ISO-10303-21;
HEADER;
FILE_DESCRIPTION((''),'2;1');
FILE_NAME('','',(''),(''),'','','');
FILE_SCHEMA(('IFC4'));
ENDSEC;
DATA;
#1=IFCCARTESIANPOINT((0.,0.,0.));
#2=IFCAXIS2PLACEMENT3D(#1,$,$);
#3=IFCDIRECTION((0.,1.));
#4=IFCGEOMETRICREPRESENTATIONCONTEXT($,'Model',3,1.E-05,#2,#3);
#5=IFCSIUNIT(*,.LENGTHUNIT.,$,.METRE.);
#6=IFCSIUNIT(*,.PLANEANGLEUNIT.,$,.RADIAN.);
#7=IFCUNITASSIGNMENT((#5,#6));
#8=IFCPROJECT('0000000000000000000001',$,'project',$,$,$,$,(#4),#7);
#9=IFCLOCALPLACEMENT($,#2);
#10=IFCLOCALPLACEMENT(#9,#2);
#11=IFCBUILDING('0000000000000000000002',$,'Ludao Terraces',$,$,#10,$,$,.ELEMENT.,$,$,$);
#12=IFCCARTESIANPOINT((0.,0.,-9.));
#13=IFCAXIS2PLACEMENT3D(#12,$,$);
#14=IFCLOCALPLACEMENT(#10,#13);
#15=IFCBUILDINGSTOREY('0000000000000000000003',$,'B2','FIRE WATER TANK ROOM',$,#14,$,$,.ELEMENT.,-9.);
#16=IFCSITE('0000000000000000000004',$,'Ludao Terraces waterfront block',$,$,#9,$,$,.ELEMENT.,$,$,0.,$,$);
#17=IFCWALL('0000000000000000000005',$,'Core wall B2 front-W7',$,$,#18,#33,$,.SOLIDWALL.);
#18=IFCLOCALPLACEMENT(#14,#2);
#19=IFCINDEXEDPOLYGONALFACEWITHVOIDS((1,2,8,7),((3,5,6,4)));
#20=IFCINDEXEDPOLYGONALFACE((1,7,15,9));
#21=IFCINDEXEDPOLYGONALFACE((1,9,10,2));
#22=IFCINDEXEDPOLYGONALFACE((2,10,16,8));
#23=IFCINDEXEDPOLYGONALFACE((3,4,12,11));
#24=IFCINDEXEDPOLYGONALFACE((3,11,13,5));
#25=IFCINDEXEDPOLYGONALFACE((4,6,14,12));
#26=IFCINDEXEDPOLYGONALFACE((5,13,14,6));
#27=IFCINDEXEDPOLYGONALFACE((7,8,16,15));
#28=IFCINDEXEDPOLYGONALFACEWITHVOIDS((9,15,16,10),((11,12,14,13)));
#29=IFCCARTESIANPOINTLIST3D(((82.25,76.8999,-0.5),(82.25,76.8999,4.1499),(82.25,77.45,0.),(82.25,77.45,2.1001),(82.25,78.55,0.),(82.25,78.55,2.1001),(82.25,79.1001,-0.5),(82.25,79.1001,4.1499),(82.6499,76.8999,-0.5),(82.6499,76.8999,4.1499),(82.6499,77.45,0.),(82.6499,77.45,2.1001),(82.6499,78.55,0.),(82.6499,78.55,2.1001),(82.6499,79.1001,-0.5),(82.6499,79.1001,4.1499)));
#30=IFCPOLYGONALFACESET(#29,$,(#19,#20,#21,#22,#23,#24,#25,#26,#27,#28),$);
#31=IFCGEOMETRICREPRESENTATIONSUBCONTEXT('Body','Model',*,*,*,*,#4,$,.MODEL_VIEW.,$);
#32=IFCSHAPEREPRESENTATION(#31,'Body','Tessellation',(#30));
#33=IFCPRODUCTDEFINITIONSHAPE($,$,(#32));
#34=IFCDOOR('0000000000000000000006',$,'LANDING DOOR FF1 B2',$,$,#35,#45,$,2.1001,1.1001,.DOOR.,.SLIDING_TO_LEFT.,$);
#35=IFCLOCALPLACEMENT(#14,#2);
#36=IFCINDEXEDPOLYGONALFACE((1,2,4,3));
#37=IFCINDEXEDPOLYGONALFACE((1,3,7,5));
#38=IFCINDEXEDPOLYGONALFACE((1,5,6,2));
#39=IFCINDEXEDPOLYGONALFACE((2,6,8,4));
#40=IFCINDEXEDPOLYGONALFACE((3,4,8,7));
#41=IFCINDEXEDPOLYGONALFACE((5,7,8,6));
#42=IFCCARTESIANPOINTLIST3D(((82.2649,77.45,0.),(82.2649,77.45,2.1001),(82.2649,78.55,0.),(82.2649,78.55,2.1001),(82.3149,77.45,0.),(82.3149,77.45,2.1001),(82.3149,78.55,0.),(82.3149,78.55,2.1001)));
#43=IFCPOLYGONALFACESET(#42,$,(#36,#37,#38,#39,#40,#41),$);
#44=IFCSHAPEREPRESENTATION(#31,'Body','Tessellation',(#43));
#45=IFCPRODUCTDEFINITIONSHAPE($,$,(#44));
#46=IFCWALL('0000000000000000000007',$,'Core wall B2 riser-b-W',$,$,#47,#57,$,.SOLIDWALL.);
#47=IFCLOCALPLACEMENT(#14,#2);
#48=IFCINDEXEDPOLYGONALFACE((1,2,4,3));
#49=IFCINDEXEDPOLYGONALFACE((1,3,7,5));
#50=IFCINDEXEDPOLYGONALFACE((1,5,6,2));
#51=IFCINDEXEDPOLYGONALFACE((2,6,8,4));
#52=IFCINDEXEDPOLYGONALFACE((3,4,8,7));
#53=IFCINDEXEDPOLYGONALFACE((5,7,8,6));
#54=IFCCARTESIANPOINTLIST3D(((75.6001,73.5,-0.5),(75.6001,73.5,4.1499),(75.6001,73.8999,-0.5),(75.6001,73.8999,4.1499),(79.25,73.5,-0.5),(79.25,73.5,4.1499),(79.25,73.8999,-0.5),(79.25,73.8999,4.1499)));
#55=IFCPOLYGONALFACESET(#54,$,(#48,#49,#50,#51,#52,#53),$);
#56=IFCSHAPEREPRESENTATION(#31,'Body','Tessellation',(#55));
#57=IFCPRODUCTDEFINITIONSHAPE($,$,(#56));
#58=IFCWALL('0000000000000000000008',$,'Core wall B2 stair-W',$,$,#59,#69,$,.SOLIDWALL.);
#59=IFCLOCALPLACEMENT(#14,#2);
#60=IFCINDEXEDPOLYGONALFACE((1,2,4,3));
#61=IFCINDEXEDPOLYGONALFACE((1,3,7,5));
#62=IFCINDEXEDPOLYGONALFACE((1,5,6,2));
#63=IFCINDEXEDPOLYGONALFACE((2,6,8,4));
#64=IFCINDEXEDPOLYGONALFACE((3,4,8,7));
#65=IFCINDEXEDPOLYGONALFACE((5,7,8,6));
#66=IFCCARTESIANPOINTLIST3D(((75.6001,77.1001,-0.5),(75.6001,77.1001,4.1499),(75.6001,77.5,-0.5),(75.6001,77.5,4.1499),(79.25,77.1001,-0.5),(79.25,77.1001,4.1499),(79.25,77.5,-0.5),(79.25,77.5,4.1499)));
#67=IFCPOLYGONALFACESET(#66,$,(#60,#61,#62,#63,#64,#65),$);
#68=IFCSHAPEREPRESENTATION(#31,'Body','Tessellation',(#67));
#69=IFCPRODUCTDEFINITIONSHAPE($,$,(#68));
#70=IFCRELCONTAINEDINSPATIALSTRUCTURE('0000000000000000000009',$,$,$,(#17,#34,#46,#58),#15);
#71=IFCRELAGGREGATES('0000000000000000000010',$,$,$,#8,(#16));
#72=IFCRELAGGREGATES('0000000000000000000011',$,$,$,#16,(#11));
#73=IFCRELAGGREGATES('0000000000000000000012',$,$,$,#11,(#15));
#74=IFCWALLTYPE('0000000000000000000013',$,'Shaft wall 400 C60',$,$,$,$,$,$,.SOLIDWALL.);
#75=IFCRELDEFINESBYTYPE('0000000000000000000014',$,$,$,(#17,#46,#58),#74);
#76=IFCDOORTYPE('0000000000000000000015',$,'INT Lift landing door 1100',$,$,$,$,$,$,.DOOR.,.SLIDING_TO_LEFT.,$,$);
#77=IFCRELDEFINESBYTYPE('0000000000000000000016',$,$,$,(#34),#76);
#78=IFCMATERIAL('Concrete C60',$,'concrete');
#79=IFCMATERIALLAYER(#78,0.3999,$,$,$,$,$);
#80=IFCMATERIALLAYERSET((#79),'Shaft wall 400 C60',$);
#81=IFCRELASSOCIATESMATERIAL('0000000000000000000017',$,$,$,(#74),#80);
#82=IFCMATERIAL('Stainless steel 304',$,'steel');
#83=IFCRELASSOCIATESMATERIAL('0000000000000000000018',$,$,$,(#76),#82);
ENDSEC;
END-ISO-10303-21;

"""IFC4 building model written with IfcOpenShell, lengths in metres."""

from ifc_helpers import new_model, si_unit, direction, frame, frame_2d, origin, place, context, subcontext, project, spatial, rectangle, extrude, material, layer, layer_set, type_object, element, fill, save


model = new_model("IFC4")

# Units and contexts
model_context = context("Model", 3, precision=1e-05, world=origin(), true_north=direction((0.0, 1.0)))
body_context = subcontext(model_context, "Body", "Model", "MODEL_VIEW")
ifc_project = project(units=[si_unit("LENGTHUNIT", "METRE"), si_unit("PLANEANGLEUNIT", "RADIAN")], contexts=[model_context])

# Site, building, storey
site_placement = place(None, origin())
site = spatial("IfcSite", under=ifc_project, at=site_placement, Name="Ludao Terraces waterfront block", CompositionType="ELEMENT", RefElevation=0.0)
building_placement = place(site_placement, origin())
building = spatial("IfcBuilding", under=site, at=building_placement, Name="Ludao Terraces", CompositionType="ELEMENT")
storey_placement = place(building_placement, frame((0.0, 0.0, -9.0)))
storey = spatial("IfcBuildingStorey", under=building, at=storey_placement, Name="B2", Description="FIRE WATER TANK ROOM", CompositionType="ELEMENT", Elevation=-9.0)

# Shared definitions
ifc_material_1 = material(Name="Concrete C60", Category="concrete")
ifc_layer_1 = layer(ifc_material_1, 0.3999)
ifc_layer_set_1 = layer_set([ifc_layer_1], Name="Shaft wall 400 C60")
wall_type_1 = type_object("IfcWallType", Name="Shaft wall 400 C60", PredefinedType="SOLIDWALL", material=ifc_layer_set_1)

# Wall, opening, door
wall_1_placement = place(storey_placement, frame((82.45, 76.8999, -0.5), z_axis=(0.0, 0.0, 1.0), x_axis=(0.0, 1.0, 0.0)))
wall_1 = element("IfcWall", 1, at=wall_1_placement, inside=storey, type_object=wall_type_1, Name="Core wall B2 front-W7", PredefinedType="SOLIDWALL", context=body_context, shape_type="SweptSolid", body=[
    extrude(rectangle(XDim=2.2002, YDim=0.3999, at=frame_2d((1.1001, 0.0))), origin(), (0.0, 0.0, 1.0), 4.6499),
])
opening_1_placement = place(wall_1_placement, frame((0.55, 0.0, 0.5)))
opening_1 = element("IfcOpeningElement", 2, at=opening_1_placement, cuts=wall_1, PredefinedType="OPENING", context=body_context, shape_type="SweptSolid", body=[
    extrude(rectangle(XDim=1.1001, YDim=2.1001, at=frame_2d((0.55, 1.05))), frame((0.0, 0.21, 0.0), z_axis=(0.0, -1.0, 0.0), x_axis=(1.0, 0.0, 0.0)), (0.0, 0.0, 1.0), 0.4199),
])
ifc_material_2 = material(Name="Stainless steel 304", Category="steel")
door_type_1 = type_object("IfcDoorType", Name="INT Lift landing door 1100", OperationType="SLIDING_TO_LEFT", PredefinedType="DOOR", material=ifc_material_2)
door_1_placement = place(opening_1_placement, origin())
door_1 = element("IfcDoor", 3, at=door_1_placement, inside=storey, type_object=door_type_1, Name="LANDING DOOR FF1 B2", OperationType="SLIDING_TO_LEFT", OverallHeight=2.1001, OverallWidth=1.1001, PredefinedType="DOOR", context=body_context, shape_type="SweptSolid", body=[
    extrude(rectangle(XDim=1.1001, YDim=2.1001, at=frame_2d((0.55, 1.05))), frame((0.0, 0.1851, 0.0), z_axis=(0.0, -1.0, 0.0), x_axis=(1.0, 0.0, 0.0)), (0.0, 0.0, 1.0), 0.05),
])
fill(opening_1, door_1)

# Walls
for number, where, z_axis, x_axis, name in (
    (4, (75.6001, 73.7, -0.5), (0.0, 0.0, 1.0), (1.0, 0.0, 0.0), "Core wall B2 riser-b-W"),
    (5, (75.6001, 77.3, -0.5), (0.0, 0.0, 1.0), (1.0, 0.0, 0.0), "Core wall B2 stair-W"),
):
    element("IfcWall", number, at=place(storey_placement, frame(where, z_axis=z_axis, x_axis=x_axis)), inside=storey, type_object=wall_type_1, Name=name, PredefinedType="SOLIDWALL", context=body_context, shape_type="SweptSolid", body=[
        extrude(rectangle(XDim=3.6499, YDim=0.3999, at=frame_2d((1.825, 0.0))), origin(), (0.0, 0.0, 1.0), 4.6499),
    ])

save(model, "model.ifc")
